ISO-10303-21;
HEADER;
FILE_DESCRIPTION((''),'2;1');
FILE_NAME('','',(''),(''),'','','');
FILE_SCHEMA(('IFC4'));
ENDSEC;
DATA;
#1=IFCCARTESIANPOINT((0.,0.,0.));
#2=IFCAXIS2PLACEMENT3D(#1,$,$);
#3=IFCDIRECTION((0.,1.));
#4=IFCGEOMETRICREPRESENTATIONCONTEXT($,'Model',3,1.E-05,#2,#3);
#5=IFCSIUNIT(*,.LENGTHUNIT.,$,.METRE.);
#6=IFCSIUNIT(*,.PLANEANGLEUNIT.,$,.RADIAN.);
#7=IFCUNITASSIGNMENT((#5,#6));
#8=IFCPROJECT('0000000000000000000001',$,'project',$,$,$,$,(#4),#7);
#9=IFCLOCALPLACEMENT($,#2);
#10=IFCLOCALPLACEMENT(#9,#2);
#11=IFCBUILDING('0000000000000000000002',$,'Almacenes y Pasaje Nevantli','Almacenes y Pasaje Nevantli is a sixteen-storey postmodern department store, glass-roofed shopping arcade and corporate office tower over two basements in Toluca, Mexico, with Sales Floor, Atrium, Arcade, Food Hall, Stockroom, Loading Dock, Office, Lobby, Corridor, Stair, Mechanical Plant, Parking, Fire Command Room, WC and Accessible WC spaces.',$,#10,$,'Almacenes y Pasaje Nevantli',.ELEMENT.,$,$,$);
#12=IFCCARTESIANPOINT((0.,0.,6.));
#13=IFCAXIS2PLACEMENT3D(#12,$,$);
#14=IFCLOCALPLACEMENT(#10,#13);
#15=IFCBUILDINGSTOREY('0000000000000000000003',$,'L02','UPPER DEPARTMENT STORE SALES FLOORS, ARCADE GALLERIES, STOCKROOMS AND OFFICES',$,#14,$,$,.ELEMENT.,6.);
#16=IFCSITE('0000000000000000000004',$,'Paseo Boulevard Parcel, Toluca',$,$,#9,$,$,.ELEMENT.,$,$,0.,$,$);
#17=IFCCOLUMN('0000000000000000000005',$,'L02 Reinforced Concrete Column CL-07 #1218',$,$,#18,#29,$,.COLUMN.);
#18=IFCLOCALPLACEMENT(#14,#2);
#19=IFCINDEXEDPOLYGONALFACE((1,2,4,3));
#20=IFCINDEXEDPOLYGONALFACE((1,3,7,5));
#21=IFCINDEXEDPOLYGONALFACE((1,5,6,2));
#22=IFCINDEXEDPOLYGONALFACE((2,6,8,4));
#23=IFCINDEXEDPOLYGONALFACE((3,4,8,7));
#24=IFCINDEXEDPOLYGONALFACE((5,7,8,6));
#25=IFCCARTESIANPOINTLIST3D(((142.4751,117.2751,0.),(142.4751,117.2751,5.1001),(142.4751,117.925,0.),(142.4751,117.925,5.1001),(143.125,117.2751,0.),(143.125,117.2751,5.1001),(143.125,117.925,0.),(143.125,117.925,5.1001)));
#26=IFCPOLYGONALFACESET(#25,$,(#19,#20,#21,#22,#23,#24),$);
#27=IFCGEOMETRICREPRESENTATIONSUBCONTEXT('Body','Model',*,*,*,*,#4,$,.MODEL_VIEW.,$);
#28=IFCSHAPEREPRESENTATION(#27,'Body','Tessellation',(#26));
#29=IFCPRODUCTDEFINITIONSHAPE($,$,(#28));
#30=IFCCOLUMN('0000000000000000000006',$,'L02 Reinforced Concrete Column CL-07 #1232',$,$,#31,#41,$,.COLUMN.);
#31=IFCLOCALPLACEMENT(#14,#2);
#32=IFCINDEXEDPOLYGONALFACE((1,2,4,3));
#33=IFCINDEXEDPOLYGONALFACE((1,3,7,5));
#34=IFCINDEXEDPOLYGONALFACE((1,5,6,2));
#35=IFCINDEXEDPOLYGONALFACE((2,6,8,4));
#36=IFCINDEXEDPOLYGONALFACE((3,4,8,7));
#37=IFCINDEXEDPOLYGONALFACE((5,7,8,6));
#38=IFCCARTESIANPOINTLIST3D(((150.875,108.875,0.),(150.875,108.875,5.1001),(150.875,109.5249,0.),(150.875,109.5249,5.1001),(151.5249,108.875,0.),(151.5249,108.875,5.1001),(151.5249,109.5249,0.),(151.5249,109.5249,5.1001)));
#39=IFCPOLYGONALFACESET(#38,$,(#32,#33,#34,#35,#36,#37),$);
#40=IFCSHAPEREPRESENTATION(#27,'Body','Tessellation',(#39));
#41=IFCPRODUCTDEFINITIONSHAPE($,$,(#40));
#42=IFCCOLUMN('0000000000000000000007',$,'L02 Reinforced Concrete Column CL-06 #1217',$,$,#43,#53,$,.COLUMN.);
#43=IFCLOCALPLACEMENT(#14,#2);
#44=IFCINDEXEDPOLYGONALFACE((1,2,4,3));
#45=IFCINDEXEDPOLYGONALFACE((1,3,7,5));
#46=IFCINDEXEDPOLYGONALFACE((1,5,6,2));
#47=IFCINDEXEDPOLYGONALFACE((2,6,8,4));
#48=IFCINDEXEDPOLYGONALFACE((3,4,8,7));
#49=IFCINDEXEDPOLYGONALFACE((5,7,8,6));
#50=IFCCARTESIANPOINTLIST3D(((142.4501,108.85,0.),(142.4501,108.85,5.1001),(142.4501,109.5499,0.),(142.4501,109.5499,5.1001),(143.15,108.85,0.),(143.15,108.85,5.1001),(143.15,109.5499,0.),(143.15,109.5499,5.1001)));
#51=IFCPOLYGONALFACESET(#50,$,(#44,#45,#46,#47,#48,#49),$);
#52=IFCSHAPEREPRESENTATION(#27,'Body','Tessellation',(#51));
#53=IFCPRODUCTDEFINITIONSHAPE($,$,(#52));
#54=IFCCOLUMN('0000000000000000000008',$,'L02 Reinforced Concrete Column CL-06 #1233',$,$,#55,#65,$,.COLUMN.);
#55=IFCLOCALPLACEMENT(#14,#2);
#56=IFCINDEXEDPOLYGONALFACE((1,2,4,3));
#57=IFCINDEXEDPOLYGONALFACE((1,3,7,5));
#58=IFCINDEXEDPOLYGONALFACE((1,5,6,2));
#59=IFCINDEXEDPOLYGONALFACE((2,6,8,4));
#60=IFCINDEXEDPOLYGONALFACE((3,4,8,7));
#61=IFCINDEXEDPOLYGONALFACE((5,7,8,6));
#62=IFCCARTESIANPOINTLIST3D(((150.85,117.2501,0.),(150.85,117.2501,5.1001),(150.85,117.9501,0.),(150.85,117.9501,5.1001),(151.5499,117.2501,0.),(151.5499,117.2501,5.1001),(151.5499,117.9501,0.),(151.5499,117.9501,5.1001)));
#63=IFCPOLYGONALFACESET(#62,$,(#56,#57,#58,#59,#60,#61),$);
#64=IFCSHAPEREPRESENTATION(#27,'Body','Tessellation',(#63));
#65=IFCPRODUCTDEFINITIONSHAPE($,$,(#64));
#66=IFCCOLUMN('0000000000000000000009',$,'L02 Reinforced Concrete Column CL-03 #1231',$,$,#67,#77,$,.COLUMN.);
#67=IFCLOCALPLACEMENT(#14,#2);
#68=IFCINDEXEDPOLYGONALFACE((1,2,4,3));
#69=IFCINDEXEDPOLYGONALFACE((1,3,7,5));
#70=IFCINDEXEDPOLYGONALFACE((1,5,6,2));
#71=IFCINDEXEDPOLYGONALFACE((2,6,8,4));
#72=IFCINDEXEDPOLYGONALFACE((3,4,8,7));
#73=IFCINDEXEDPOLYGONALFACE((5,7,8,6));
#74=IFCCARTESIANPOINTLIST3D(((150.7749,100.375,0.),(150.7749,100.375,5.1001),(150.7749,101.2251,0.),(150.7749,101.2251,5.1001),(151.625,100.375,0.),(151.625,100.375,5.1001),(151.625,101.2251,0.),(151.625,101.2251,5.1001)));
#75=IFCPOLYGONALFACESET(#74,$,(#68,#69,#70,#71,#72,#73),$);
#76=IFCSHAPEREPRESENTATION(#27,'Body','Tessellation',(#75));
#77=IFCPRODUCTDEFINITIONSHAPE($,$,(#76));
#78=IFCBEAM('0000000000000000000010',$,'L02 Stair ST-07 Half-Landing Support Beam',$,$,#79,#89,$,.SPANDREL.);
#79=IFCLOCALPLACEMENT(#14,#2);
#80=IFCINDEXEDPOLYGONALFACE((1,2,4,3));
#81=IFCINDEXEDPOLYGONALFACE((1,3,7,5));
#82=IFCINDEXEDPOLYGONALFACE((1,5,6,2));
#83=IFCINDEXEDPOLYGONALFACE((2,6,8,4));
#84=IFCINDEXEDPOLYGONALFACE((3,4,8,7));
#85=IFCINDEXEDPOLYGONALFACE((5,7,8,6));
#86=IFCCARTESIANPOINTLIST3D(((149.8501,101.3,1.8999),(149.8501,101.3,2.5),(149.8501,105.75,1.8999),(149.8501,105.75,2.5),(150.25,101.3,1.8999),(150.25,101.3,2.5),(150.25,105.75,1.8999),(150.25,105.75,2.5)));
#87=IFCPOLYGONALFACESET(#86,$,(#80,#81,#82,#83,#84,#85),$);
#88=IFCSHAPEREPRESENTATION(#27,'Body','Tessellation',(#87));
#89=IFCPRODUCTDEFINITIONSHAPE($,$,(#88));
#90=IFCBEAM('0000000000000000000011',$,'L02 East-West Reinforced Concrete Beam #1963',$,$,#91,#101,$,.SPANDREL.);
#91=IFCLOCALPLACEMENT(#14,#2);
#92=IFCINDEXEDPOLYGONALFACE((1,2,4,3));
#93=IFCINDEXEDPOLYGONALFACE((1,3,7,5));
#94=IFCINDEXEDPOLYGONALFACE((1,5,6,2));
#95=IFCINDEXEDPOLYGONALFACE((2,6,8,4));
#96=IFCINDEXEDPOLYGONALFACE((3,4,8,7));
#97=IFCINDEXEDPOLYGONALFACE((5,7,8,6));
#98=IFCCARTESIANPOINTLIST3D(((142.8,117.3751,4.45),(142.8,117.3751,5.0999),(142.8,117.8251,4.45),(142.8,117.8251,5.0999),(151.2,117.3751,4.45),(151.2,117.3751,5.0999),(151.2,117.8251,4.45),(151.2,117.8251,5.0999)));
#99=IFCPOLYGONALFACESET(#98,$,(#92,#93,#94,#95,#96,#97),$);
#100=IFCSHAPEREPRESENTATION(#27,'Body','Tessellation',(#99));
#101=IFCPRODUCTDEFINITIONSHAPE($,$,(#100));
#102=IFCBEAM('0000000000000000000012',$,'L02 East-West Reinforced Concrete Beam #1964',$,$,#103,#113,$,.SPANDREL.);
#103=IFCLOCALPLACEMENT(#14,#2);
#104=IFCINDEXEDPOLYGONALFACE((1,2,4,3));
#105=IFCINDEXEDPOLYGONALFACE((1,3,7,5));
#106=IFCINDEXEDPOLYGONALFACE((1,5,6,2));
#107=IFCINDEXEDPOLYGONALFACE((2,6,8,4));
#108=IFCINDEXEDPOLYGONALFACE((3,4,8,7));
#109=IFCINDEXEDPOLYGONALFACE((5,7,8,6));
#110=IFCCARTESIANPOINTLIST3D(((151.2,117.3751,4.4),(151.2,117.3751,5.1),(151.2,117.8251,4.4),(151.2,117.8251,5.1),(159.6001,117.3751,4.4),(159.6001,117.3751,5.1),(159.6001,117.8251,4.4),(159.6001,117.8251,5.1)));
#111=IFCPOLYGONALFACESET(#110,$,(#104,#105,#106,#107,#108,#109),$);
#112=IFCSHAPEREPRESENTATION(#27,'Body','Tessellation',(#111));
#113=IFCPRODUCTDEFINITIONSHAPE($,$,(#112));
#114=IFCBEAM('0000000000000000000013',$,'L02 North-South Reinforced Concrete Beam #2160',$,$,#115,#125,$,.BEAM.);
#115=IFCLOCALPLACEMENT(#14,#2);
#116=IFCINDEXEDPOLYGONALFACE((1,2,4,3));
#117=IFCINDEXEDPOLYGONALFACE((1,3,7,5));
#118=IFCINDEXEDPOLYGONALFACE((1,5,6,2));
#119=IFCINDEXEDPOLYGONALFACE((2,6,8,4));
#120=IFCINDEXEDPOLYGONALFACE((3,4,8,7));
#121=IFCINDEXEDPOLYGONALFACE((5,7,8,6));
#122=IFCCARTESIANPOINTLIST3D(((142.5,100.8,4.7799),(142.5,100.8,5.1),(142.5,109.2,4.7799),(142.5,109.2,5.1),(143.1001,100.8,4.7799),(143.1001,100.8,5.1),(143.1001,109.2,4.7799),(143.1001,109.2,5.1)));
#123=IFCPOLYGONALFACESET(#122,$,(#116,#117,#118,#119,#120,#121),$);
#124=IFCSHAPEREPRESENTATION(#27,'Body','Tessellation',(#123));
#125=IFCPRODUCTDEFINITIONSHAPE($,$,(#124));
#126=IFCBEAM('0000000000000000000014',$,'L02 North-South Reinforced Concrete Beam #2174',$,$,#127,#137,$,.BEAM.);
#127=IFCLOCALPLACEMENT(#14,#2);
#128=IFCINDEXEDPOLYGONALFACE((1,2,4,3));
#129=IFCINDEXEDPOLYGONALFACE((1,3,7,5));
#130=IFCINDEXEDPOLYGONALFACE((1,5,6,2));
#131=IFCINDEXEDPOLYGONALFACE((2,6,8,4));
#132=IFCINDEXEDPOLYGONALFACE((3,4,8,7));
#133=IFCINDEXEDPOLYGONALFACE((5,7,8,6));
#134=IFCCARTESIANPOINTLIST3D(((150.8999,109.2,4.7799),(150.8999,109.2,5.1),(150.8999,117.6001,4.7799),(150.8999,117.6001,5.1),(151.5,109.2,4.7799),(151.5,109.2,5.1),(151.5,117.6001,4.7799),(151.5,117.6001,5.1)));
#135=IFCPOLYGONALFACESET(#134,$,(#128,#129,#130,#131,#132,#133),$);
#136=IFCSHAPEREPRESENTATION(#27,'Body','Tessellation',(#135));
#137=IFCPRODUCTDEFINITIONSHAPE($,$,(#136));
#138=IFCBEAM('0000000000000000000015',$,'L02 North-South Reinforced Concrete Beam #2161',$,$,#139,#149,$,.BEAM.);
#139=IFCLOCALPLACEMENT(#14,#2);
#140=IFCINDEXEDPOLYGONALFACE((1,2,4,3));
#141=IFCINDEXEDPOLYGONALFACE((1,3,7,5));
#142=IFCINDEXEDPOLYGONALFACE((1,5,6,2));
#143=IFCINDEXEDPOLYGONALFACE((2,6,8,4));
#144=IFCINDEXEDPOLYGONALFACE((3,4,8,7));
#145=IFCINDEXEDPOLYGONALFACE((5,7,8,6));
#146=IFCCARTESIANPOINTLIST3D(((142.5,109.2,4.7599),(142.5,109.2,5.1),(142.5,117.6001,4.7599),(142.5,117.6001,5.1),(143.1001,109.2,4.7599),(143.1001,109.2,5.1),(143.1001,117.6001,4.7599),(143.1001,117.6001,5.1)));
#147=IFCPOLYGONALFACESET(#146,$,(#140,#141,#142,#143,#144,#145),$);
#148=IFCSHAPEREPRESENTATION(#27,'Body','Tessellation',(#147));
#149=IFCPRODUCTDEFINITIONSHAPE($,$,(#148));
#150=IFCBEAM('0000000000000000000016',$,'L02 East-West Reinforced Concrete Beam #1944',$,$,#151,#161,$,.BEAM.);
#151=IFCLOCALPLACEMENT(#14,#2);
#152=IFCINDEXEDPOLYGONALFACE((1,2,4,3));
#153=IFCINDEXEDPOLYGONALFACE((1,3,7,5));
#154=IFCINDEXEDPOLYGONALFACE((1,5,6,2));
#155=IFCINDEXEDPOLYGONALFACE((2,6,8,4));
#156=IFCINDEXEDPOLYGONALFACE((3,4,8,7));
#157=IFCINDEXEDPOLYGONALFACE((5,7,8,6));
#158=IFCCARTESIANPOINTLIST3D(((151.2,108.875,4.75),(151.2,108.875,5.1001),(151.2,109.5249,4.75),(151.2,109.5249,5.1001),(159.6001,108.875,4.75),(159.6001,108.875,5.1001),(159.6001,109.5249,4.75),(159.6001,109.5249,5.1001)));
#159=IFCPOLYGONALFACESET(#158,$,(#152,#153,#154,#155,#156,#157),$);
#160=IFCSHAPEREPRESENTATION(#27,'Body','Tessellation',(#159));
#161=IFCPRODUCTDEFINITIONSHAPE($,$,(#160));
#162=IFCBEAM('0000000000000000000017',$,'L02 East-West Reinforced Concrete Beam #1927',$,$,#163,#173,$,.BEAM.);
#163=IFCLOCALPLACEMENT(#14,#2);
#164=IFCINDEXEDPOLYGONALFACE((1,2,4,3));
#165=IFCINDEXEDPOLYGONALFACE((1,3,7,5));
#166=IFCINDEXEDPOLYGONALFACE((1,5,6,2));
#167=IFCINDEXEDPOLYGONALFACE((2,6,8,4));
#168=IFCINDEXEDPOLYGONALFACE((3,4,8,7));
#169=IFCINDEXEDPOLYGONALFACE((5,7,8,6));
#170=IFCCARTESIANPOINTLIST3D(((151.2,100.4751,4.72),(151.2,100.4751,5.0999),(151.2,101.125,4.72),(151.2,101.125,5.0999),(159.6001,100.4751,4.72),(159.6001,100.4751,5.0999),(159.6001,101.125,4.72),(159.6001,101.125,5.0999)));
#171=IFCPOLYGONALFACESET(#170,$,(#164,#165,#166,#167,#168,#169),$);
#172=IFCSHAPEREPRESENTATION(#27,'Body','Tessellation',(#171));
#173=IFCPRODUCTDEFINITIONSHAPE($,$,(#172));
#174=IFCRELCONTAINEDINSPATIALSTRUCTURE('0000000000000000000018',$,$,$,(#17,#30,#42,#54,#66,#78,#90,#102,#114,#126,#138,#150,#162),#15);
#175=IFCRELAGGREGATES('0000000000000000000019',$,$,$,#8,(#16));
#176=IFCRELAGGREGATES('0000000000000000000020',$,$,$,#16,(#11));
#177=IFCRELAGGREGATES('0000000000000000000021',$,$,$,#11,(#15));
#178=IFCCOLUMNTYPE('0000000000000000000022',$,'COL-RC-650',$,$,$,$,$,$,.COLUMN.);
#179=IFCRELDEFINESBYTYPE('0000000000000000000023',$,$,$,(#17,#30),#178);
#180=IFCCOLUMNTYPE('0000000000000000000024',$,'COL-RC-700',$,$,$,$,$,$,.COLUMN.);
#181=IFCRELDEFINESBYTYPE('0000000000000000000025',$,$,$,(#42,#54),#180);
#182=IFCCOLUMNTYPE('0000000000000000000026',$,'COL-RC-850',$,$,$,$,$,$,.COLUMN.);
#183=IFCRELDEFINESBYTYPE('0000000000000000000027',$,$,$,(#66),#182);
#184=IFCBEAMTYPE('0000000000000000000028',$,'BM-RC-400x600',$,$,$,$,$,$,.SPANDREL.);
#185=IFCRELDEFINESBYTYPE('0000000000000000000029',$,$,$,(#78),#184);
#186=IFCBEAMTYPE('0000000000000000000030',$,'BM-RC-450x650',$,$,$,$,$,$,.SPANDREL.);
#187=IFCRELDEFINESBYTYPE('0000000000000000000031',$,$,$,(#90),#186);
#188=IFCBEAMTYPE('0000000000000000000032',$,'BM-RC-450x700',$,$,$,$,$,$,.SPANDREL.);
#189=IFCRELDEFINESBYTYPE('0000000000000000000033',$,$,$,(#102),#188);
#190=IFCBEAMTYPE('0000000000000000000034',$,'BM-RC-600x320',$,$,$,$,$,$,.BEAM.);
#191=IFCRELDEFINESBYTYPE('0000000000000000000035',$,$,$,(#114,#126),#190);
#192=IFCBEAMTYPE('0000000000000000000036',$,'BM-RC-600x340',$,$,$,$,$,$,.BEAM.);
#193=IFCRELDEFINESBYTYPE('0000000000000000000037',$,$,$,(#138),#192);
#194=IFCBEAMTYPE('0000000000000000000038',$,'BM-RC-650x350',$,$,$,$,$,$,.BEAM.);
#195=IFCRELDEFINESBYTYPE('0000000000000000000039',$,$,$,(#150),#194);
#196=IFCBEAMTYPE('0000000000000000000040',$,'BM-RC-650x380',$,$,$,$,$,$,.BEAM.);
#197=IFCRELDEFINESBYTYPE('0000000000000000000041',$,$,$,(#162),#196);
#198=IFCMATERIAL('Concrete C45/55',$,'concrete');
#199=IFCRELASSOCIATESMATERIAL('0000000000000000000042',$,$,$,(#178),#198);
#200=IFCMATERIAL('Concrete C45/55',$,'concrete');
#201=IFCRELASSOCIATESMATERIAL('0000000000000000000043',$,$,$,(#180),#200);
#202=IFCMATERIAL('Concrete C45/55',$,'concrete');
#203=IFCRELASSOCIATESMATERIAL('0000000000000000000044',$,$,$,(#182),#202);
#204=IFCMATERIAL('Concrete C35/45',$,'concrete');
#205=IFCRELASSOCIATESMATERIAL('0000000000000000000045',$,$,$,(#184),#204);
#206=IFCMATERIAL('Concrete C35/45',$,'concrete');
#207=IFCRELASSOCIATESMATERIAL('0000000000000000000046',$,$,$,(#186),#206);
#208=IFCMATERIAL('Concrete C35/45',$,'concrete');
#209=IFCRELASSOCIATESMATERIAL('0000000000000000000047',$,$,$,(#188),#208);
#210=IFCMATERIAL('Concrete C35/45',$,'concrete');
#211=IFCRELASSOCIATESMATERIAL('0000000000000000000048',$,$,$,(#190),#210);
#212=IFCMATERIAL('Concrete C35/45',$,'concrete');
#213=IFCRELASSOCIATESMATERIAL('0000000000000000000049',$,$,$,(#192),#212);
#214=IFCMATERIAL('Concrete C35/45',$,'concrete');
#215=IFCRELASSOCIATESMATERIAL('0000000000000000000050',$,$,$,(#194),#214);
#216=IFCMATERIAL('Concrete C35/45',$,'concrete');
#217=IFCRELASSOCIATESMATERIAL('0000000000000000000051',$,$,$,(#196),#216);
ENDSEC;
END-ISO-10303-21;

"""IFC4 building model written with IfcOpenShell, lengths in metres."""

from ifc_helpers import new_model, si_unit, direction, frame, origin, origin_2d, place, context, subcontext, project, spatial, rectangle, extrude, material, material_profile, profile_set, type_object, element, save


model = new_model("IFC4")

# Units and contexts
model_context = context("Model", 3, precision=1e-05, world=origin(), true_north=direction((0.0, 1.0)))
body_context = subcontext(model_context, "Body", "Model", "MODEL_VIEW")
ifc_project = project(units=[si_unit("LENGTHUNIT", "METRE"), si_unit("PLANEANGLEUNIT", "RADIAN")], contexts=[model_context])

# Site, building, storey
site_placement = place(None, origin())
site = spatial("IfcSite", under=ifc_project, at=site_placement, Name="Paseo Boulevard Parcel, Toluca", CompositionType="ELEMENT", RefElevation=0.0)
building_placement = place(site_placement, origin())
building = spatial("IfcBuilding", under=site, at=building_placement, Name="Almacenes y Pasaje Nevantli", Description="Almacenes y Pasaje Nevantli is a sixteen-storey postmodern department store, glass-roofed shopping arcade and corporate office tower over two basements in Toluca, Mexico, with Sales Floor, Atrium, Arcade, Food Hall, Stockroom, Loading Dock, Office, Lobby, Corridor, Stair, Mechanical Plant, Parking, Fire Command Room, WC and Accessible WC spaces.", LongName="Almacenes y Pasaje Nevantli", CompositionType="ELEMENT")
storey_placement = place(building_placement, frame((0.0, 0.0, 6.0)))
storey = spatial("IfcBuildingStorey", under=building, at=storey_placement, Name="L02", Description="UPPER DEPARTMENT STORE SALES FLOORS, ARCADE GALLERIES, STOCKROOMS AND OFFICES", CompositionType="ELEMENT", Elevation=6.0)

# Columns
ifc_material_1 = material(Name="Concrete C45/55", Category="concrete")
ifc_material_profile_1 = material_profile(ifc_material_1, rectangle(XDim=0.6499, YDim=0.6499, at=origin_2d()), Name="RC-COL-650x650")
ifc_profile_set_1 = profile_set([ifc_material_profile_1], Name="Concrete C45/55")
column_type_1 = type_object("IfcColumnType", Name="COL-RC-650", PredefinedType="COLUMN", material=ifc_profile_set_1)
for number, where, z_axis, x_axis, name in (
    (1, (142.8, 117.6001, 0.0), (0.0, 0.0, 1.0), (1.0, 0.0, 0.0), "L02 Reinforced Concrete Column CL-07 #1218"),
    (2, (151.2, 109.2, 0.0), (0.0, 0.0, 1.0), (1.0, 0.0, 0.0), "L02 Reinforced Concrete Column CL-07 #1232"),
):
    element("IfcColumn", number, at=place(storey_placement, frame(where, z_axis=z_axis, x_axis=x_axis)), inside=storey, type_object=column_type_1, Name=name, PredefinedType="COLUMN", context=body_context, shape_type="SweptSolid", body=[
        extrude(rectangle(XDim=0.6499, YDim=0.6499, at=origin_2d()), origin(), (0.0, 0.0, 1.0), 5.1001),
    ])
ifc_material_2 = material(Name="Concrete C45/55", Category="concrete")
ifc_material_profile_2 = material_profile(ifc_material_2, rectangle(XDim=0.7, YDim=0.7, at=origin_2d()), Name="RC-COL-700x700")
ifc_profile_set_2 = profile_set([ifc_material_profile_2], Name="Concrete C45/55")
column_type_2 = type_object("IfcColumnType", Name="COL-RC-700", PredefinedType="COLUMN", material=ifc_profile_set_2)
for number, where, z_axis, x_axis, name in (
    (3, (142.8, 109.2, 0.0), (0.0, 0.0, 1.0), (1.0, 0.0, 0.0), "L02 Reinforced Concrete Column CL-06 #1217"),
    (4, (151.2, 117.6001, 0.0), (0.0, 0.0, 1.0), (1.0, 0.0, 0.0), "L02 Reinforced Concrete Column CL-06 #1233"),
):
    element("IfcColumn", number, at=place(storey_placement, frame(where, z_axis=z_axis, x_axis=x_axis)), inside=storey, type_object=column_type_2, Name=name, PredefinedType="COLUMN", context=body_context, shape_type="SweptSolid", body=[
        extrude(rectangle(XDim=0.7, YDim=0.7, at=origin_2d()), origin(), (0.0, 0.0, 1.0), 5.1001),
    ])
ifc_material_3 = material(Name="Concrete C45/55", Category="concrete")
ifc_material_profile_3 = material_profile(ifc_material_3, rectangle(XDim=0.8501, YDim=0.8501, at=origin_2d()), Name="RC-COL-850x850")
ifc_profile_set_3 = profile_set([ifc_material_profile_3], Name="Concrete C45/55")
column_type_3 = type_object("IfcColumnType", Name="COL-RC-850", PredefinedType="COLUMN", material=ifc_profile_set_3)
column_placement = place(storey_placement, frame((151.2, 100.8, 0.0), z_axis=(0.0, 0.0, 1.0), x_axis=(1.0, 0.0, 0.0)))
element("IfcColumn", 5, at=column_placement, inside=storey, type_object=column_type_3, Name="L02 Reinforced Concrete Column CL-03 #1231", PredefinedType="COLUMN", context=body_context, shape_type="SweptSolid", body=[
    extrude(rectangle(XDim=0.8501, YDim=0.8501, at=origin_2d()), origin(), (0.0, 0.0, 1.0), 5.1001),
])

# Beams
ifc_material_4 = material(Name="Concrete C35/45", Category="concrete")
ifc_material_profile_4 = material_profile(ifc_material_4, rectangle(XDim=0.3999, YDim=0.6001, at=origin_2d()), Name="RC-BM-400x600")
ifc_profile_set_4 = profile_set([ifc_material_profile_4], Name="Concrete C35/45")
beam_type_1 = type_object("IfcBeamType", Name="BM-RC-400x600", PredefinedType="SPANDREL", material=ifc_profile_set_4)
beam_1_placement = place(storey_placement, frame((150.05, 101.3, 2.2), z_axis=(0.0, 1.0, 0.0), x_axis=(-1.0, 0.0, 0.0)))
element("IfcBeam", 6, at=beam_1_placement, inside=storey, type_object=beam_type_1, Name="L02 Stair ST-07 Half-Landing Support Beam", PredefinedType="SPANDREL", context=body_context, shape_type="SweptSolid", body=[
    extrude(rectangle(XDim=0.3999, YDim=0.6001, at=origin_2d()), origin(), (0.0, 0.0, 1.0), 4.45),
])
ifc_material_5 = material(Name="Concrete C35/45", Category="concrete")
ifc_material_profile_5 = material_profile(ifc_material_5, rectangle(XDim=0.45, YDim=0.6499, at=origin_2d()), Name="RC-BM-450x650")
ifc_profile_set_5 = profile_set([ifc_material_profile_5], Name="Concrete C35/45")
beam_type_2 = type_object("IfcBeamType", Name="BM-RC-450x650", PredefinedType="SPANDREL", material=ifc_profile_set_5)
beam_2_placement = place(storey_placement, frame((142.8, 117.6001, 4.7749), z_axis=(1.0, 0.0, 0.0), x_axis=(0.0, 1.0, 0.0)))
element("IfcBeam", 7, at=beam_2_placement, inside=storey, type_object=beam_type_2, Name="L02 East-West Reinforced Concrete Beam #1963", PredefinedType="SPANDREL", context=body_context, shape_type="SweptSolid", body=[
    extrude(rectangle(XDim=0.45, YDim=0.6499, at=origin_2d()), origin(), (0.0, 0.0, 1.0), 8.3999),
])
ifc_material_6 = material(Name="Concrete C35/45", Category="concrete")
ifc_material_profile_6 = material_profile(ifc_material_6, rectangle(XDim=0.45, YDim=0.7, at=origin_2d()), Name="RC-BM-450x700")
ifc_profile_set_6 = profile_set([ifc_material_profile_6], Name="Concrete C35/45")
beam_type_3 = type_object("IfcBeamType", Name="BM-RC-450x700", PredefinedType="SPANDREL", material=ifc_profile_set_6)
beam_3_placement = place(storey_placement, frame((151.2, 117.6001, 4.75), z_axis=(1.0, 0.0, 0.0), x_axis=(0.0, 1.0, 0.0)))
element("IfcBeam", 8, at=beam_3_placement, inside=storey, type_object=beam_type_3, Name="L02 East-West Reinforced Concrete Beam #1964", PredefinedType="SPANDREL", context=body_context, shape_type="SweptSolid", body=[
    extrude(rectangle(XDim=0.45, YDim=0.7, at=origin_2d()), origin(), (0.0, 0.0, 1.0), 8.4001),
])
ifc_material_7 = material(Name="Concrete C35/45", Category="concrete")
ifc_material_profile_7 = material_profile(ifc_material_7, rectangle(XDim=0.6001, YDim=0.3201, at=origin_2d()), Name="RC-BM-600x320")
ifc_profile_set_7 = profile_set([ifc_material_profile_7], Name="Concrete C35/45")
beam_type_4 = type_object("IfcBeamType", Name="BM-RC-600x320", PredefinedType="BEAM", material=ifc_profile_set_7)
beam_4_placement = place(storey_placement, frame((142.8, 100.8, 4.9399), z_axis=(0.0, 1.0, 0.0), x_axis=(-1.0, 0.0, 0.0)))
element("IfcBeam", 9, at=beam_4_placement, inside=storey, type_object=beam_type_4, Name="L02 North-South Reinforced Concrete Beam #2160", PredefinedType="BEAM", context=body_context, shape_type="SweptSolid", body=[
    extrude(rectangle(XDim=0.6001, YDim=0.3201, at=origin_2d()), origin(), (0.0, 0.0, 1.0), 8.3999),
])
beam_5_placement = place(storey_placement, frame((151.2, 109.2, 4.9399), z_axis=(0.0, 1.0, 0.0), x_axis=(-1.0, 0.0, 0.0)))
element("IfcBeam", 10, at=beam_5_placement, inside=storey, type_object=beam_type_4, Name="L02 North-South Reinforced Concrete Beam #2174", PredefinedType="BEAM", context=body_context, shape_type="SweptSolid", body=[
    extrude(rectangle(XDim=0.6001, YDim=0.3201, at=origin_2d()), origin(), (0.0, 0.0, 1.0), 8.4001),
])
ifc_material_8 = material(Name="Concrete C35/45", Category="concrete")
ifc_material_profile_8 = material_profile(ifc_material_8, rectangle(XDim=0.6001, YDim=0.3401, at=origin_2d()), Name="RC-BM-600x340")
ifc_profile_set_8 = profile_set([ifc_material_profile_8], Name="Concrete C35/45")
beam_type_5 = type_object("IfcBeamType", Name="BM-RC-600x340", PredefinedType="BEAM", material=ifc_profile_set_8)
beam_6_placement = place(storey_placement, frame((142.8, 109.2, 4.9299), z_axis=(0.0, 1.0, 0.0), x_axis=(-1.0, 0.0, 0.0)))
element("IfcBeam", 11, at=beam_6_placement, inside=storey, type_object=beam_type_5, Name="L02 North-South Reinforced Concrete Beam #2161", PredefinedType="BEAM", context=body_context, shape_type="SweptSolid", body=[
    extrude(rectangle(XDim=0.6001, YDim=0.3401, at=origin_2d()), origin(), (0.0, 0.0, 1.0), 8.4001),
])
ifc_material_9 = material(Name="Concrete C35/45", Category="concrete")
ifc_material_profile_9 = material_profile(ifc_material_9, rectangle(XDim=0.6499, YDim=0.3501, at=origin_2d()), Name="RC-BM-650x350")
ifc_profile_set_9 = profile_set([ifc_material_profile_9], Name="Concrete C35/45")
beam_type_6 = type_object("IfcBeamType", Name="BM-RC-650x350", PredefinedType="BEAM", material=ifc_profile_set_9)
beam_7_placement = place(storey_placement, frame((151.2, 109.2, 4.925), z_axis=(1.0, 0.0, 0.0), x_axis=(0.0, 1.0, 0.0)))
element("IfcBeam", 12, at=beam_7_placement, inside=storey, type_object=beam_type_6, Name="L02 East-West Reinforced Concrete Beam #1944", PredefinedType="BEAM", context=body_context, shape_type="SweptSolid", body=[
    extrude(rectangle(XDim=0.6499, YDim=0.3501, at=origin_2d()), origin(), (0.0, 0.0, 1.0), 8.4001),
])
ifc_material_10 = material(Name="Concrete C35/45", Category="concrete")
ifc_material_profile_10 = material_profile(ifc_material_10, rectangle(XDim=0.6499, YDim=0.3799, at=origin_2d()), Name="RC-BM-650x380")
ifc_profile_set_10 = profile_set([ifc_material_profile_10], Name="Concrete C35/45")
beam_type_7 = type_object("IfcBeamType", Name="BM-RC-650x380", PredefinedType="BEAM", material=ifc_profile_set_10)
beam_8_placement = place(storey_placement, frame((151.2, 100.8, 4.9099), z_axis=(1.0, 0.0, 0.0), x_axis=(0.0, 1.0, 0.0)))
element("IfcBeam", 13, at=beam_8_placement, inside=storey, type_object=beam_type_7, Name="L02 East-West Reinforced Concrete Beam #1927", PredefinedType="BEAM", context=body_context, shape_type="SweptSolid", body=[
    extrude(rectangle(XDim=0.6499, YDim=0.3799, at=origin_2d()), origin(), (0.0, 0.0, 1.0), 8.4001),
])

save(model, "model.ifc")
